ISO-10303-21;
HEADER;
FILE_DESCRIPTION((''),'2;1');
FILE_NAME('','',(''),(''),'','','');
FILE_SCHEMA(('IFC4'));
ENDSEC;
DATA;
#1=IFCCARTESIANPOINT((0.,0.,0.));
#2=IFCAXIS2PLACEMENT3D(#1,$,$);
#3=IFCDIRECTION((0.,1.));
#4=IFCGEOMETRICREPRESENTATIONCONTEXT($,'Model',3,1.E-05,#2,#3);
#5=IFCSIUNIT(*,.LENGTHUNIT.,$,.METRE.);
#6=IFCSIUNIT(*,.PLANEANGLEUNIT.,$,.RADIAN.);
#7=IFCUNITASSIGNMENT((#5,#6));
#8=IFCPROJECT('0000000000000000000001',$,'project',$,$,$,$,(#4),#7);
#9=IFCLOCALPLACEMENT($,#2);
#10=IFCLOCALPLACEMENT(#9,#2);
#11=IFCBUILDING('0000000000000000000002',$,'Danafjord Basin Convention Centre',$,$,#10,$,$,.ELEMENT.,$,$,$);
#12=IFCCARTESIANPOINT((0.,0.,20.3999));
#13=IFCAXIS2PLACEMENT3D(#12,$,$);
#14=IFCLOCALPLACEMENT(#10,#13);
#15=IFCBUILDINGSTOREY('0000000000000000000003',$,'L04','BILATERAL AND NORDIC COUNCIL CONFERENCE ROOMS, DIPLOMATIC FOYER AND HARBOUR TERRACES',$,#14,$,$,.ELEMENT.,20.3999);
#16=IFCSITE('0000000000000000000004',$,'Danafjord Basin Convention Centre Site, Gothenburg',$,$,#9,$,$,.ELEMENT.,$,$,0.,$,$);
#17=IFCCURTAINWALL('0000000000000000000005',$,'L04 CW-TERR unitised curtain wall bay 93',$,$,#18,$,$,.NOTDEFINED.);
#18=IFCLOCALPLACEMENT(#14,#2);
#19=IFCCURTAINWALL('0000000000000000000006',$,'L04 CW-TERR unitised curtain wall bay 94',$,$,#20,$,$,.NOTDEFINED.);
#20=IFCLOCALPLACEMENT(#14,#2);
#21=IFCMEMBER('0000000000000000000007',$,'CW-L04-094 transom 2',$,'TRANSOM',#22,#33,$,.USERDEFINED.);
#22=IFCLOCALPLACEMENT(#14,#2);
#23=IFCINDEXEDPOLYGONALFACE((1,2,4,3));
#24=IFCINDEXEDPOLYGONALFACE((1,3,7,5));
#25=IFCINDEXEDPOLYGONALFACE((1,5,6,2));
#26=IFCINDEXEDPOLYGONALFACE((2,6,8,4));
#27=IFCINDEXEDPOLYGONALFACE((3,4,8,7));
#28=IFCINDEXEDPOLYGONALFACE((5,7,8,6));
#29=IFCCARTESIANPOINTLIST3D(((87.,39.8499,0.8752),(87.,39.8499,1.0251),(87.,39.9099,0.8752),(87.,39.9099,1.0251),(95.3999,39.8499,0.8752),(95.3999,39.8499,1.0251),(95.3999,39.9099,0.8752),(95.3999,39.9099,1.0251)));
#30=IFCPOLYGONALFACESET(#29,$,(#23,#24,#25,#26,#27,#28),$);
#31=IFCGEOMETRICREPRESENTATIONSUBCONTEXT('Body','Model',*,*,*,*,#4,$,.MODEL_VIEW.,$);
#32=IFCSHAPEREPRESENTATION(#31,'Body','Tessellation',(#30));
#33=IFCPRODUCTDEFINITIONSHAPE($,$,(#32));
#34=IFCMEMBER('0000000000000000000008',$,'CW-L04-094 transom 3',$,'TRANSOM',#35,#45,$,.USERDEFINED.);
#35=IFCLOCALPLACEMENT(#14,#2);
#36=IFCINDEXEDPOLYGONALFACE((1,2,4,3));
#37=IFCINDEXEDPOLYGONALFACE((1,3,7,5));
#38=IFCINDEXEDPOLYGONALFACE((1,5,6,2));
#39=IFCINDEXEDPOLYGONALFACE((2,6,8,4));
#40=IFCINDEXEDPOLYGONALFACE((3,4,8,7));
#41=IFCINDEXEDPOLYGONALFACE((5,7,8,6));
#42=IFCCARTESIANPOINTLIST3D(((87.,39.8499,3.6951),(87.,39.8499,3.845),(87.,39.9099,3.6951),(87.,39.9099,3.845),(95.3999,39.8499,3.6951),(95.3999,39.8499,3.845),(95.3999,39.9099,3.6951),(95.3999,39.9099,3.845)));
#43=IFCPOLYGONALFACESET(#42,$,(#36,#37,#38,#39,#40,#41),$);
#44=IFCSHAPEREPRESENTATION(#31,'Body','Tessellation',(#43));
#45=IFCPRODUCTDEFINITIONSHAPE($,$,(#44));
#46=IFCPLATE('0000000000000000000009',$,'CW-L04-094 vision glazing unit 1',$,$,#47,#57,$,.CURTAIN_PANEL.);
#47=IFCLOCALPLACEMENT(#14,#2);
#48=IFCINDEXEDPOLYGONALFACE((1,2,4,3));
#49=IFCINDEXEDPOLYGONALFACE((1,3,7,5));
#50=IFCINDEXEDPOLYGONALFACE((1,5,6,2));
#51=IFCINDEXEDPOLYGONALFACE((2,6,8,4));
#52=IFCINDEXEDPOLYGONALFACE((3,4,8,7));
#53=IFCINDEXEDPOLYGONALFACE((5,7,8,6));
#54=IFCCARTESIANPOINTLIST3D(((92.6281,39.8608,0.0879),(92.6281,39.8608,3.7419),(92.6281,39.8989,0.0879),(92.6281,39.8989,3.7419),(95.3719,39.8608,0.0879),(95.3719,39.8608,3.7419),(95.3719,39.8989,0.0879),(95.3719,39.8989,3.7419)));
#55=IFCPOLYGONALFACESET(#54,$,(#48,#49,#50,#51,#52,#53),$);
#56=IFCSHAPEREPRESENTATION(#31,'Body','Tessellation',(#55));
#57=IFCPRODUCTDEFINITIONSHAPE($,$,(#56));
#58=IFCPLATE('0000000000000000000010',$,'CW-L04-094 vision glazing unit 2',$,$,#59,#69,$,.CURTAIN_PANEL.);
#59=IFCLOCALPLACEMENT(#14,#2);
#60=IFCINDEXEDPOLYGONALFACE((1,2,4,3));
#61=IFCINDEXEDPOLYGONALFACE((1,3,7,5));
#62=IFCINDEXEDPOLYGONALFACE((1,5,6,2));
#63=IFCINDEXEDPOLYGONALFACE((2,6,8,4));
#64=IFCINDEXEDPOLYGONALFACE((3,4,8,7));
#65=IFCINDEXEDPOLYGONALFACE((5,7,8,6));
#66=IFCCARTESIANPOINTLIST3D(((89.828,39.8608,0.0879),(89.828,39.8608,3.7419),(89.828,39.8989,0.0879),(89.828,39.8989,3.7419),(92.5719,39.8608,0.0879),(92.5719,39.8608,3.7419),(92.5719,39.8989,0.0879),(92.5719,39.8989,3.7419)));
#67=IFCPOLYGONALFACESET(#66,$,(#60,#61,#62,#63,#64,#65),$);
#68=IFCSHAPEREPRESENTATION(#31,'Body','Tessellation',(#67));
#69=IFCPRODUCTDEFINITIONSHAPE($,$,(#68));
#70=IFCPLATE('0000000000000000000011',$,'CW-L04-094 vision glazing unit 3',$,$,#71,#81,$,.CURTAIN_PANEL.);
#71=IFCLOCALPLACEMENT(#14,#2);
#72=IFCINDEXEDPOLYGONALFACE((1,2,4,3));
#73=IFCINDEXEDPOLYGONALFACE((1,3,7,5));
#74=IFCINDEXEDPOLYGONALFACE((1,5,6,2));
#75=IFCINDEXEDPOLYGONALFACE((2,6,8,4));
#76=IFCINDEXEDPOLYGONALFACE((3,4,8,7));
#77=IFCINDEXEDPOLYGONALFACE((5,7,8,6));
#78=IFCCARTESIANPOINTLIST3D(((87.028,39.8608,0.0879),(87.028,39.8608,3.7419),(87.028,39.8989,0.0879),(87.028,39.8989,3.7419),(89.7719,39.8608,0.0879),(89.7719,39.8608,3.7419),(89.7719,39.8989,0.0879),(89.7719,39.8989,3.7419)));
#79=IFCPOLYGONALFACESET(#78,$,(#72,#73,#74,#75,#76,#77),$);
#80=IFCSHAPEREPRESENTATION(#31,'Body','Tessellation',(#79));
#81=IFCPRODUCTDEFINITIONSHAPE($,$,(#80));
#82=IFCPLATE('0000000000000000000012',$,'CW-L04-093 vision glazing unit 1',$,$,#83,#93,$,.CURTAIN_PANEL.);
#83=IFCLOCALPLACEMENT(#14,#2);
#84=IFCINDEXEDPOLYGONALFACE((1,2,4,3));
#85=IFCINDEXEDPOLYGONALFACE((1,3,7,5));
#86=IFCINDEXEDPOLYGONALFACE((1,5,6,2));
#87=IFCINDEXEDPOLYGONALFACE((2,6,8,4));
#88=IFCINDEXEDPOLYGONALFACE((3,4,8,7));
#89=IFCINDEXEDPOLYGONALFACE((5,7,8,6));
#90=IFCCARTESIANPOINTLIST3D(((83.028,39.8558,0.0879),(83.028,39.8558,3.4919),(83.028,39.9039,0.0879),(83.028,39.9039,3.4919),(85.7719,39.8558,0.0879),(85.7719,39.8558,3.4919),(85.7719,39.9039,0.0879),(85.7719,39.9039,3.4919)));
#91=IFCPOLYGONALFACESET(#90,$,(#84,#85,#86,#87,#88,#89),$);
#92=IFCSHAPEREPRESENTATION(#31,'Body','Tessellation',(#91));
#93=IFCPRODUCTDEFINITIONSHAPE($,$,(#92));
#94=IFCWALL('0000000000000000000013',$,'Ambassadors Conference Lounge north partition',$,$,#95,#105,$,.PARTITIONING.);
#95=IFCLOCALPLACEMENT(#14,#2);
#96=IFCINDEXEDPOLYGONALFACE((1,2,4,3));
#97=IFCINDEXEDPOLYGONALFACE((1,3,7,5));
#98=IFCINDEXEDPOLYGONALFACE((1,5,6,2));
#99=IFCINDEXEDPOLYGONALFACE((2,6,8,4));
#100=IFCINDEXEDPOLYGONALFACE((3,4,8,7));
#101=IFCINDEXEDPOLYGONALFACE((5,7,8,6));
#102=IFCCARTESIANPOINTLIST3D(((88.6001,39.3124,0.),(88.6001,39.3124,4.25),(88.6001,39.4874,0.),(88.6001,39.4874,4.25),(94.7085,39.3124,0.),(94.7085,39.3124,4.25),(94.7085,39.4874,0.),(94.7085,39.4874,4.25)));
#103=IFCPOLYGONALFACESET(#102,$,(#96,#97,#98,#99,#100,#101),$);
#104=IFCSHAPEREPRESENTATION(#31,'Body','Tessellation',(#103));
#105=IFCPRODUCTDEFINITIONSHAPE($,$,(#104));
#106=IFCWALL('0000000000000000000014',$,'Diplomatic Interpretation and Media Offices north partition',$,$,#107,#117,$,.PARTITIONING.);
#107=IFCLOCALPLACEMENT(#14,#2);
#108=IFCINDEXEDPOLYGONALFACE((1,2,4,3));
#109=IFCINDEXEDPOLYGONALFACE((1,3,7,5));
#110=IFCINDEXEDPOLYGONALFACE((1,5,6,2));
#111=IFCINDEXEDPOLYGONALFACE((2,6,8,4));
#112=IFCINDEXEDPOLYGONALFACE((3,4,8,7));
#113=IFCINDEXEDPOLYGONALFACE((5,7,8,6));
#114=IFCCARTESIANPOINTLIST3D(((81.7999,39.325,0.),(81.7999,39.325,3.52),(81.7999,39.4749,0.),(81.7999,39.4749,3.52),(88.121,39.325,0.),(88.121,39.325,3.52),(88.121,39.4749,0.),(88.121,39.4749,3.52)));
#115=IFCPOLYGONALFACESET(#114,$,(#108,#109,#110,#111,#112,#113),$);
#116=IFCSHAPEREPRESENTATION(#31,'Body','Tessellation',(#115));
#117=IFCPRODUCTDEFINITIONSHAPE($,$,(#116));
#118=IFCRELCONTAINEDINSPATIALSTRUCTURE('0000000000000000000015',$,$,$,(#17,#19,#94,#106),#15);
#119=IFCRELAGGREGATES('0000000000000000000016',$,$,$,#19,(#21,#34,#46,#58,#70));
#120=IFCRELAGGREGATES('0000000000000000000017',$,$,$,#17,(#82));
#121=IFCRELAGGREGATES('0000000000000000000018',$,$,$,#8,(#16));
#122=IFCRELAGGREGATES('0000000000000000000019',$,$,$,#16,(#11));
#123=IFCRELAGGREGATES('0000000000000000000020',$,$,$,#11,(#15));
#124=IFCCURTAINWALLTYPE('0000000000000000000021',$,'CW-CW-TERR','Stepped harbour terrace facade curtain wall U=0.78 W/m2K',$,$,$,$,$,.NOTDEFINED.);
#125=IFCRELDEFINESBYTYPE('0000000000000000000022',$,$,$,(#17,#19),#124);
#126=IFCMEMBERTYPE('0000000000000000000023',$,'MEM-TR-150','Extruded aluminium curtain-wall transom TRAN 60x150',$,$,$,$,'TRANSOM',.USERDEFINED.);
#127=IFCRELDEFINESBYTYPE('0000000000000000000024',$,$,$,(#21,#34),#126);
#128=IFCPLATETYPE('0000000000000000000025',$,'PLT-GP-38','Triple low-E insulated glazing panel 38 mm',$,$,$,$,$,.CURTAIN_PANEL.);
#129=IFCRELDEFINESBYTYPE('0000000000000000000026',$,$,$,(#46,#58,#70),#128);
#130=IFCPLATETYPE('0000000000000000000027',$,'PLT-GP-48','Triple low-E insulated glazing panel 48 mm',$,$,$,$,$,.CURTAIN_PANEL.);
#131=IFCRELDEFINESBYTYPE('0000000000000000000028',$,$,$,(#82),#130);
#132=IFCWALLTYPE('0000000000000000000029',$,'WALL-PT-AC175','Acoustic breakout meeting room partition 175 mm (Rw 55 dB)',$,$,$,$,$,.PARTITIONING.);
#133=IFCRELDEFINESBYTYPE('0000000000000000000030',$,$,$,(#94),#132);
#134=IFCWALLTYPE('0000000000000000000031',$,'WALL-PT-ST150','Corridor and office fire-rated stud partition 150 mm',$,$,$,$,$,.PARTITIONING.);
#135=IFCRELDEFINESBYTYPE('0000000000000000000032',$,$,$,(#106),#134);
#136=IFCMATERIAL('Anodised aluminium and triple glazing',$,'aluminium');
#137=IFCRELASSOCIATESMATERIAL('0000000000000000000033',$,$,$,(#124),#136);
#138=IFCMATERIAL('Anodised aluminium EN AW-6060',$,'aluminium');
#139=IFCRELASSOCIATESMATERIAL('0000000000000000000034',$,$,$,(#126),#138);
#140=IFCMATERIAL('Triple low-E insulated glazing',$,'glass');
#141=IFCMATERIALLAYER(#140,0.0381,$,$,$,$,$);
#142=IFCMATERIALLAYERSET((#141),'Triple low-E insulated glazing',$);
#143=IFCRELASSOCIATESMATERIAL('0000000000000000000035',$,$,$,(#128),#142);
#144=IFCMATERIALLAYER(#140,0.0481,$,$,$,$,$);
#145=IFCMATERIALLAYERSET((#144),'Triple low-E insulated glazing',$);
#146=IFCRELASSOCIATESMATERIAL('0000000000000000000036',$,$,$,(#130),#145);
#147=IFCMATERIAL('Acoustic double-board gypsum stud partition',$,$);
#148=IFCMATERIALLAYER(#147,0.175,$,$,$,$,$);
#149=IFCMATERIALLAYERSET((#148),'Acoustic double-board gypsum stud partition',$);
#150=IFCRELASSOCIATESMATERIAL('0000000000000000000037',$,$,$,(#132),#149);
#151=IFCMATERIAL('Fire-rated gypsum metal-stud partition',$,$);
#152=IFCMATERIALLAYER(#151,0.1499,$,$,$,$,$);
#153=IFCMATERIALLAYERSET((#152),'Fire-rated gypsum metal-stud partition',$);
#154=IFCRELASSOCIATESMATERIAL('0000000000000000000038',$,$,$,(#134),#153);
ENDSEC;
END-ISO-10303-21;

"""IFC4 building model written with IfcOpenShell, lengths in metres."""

from ifc_helpers import new_model, si_unit, direction, frame, frame_2d, origin, origin_2d, place, context, subcontext, project, spatial, rectangle, extrude, material, layer, layer_set, material_profile, profile_set, type_object, element, aggregate, save


model = new_model("IFC4")

# Units and contexts
model_context = context("Model", 3, precision=1e-05, world=origin(), true_north=direction((0.0, 1.0)))
body_context = subcontext(model_context, "Body", "Model", "MODEL_VIEW")
ifc_project = project(units=[si_unit("LENGTHUNIT", "METRE"), si_unit("PLANEANGLEUNIT", "RADIAN")], contexts=[model_context])

# Site, building, storey
site_placement = place(None, origin())
site = spatial("IfcSite", under=ifc_project, at=site_placement, Name="Danafjord Basin Convention Centre Site, Gothenburg", CompositionType="ELEMENT", RefElevation=0.0)
building_placement = place(site_placement, origin())
building = spatial("IfcBuilding", under=site, at=building_placement, Name="Danafjord Basin Convention Centre", CompositionType="ELEMENT")
storey_placement = place(building_placement, frame((0.0, 0.0, 20.3999)))
storey = spatial("IfcBuildingStorey", under=building, at=storey_placement, Name="L04", Description="BILATERAL AND NORDIC COUNCIL CONFERENCE ROOMS, DIPLOMATIC FOYER AND HARBOUR TERRACES", CompositionType="ELEMENT", Elevation=20.3999)

# Curtain wall
ifc_material_1 = material(Name="Anodised aluminium and triple glazing", Category="aluminium")
curtain_wall_type = type_object("IfcCurtainWallType", Name="CW-CW-TERR", Description="Stepped harbour terrace facade curtain wall U=0.78 W/m2K", PredefinedType="NOTDEFINED", material=ifc_material_1)
curtain_wall_1_placement = place(storey_placement, origin())
curtain_wall_1 = element("IfcCurtainWall", 1, at=curtain_wall_1_placement, inside=storey, type_object=curtain_wall_type, Name="L04 CW-TERR unitised curtain wall bay 93", PredefinedType="NOTDEFINED")
ifc_material_2 = material(Name="Anodised aluminium EN AW-6060", Category="aluminium")

# Curtain wall
curtain_wall_2_placement = place(storey_placement, origin())
curtain_wall_2 = element("IfcCurtainWall", 2, at=curtain_wall_2_placement, inside=storey, type_object=curtain_wall_type, Name="L04 CW-TERR unitised curtain wall bay 94", PredefinedType="NOTDEFINED")

# Members
ifc_material_profile_1 = material_profile(ifc_material_2, rectangle(XDim=0.0601, YDim=0.1499, at=origin_2d()), Name="TRAN 60x150")
ifc_profile_set_1 = profile_set([ifc_material_profile_1], Name="Anodised aluminium EN AW-6060")
member_type_1 = type_object("IfcMemberType", Name="MEM-TR-150", Description="Extruded aluminium curtain-wall transom TRAN 60x150", ElementType="TRANSOM", PredefinedType="USERDEFINED", material=ifc_profile_set_1)
member_1_placement = place(storey_placement, frame((95.3999, 39.8799, 0.9502), z_axis=(-1.0, 0.0, 0.0), x_axis=(0.0, -1.0, 0.0)))
member_1 = element("IfcMember", 3, at=member_1_placement, type_object=member_type_1, Name="CW-L04-094 transom 2", ObjectType="TRANSOM", PredefinedType="USERDEFINED", context=body_context, shape_type="SweptSolid", body=[
    extrude(rectangle(XDim=0.0601, YDim=0.1499, at=origin_2d()), origin(), (0.0, 0.0, 1.0), 8.3999),
])
member_2_placement = place(storey_placement, frame((95.3999, 39.8799, 3.77), z_axis=(-1.0, 0.0, 0.0), x_axis=(0.0, -1.0, 0.0)))
member_2 = element("IfcMember", 4, at=member_2_placement, type_object=member_type_1, Name="CW-L04-094 transom 3", ObjectType="TRANSOM", PredefinedType="USERDEFINED", context=body_context, shape_type="SweptSolid", body=[
    extrude(rectangle(XDim=0.0601, YDim=0.1499, at=origin_2d()), origin(), (0.0, 0.0, 1.0), 8.3999),
])

# Plates
ifc_material_3 = material(Name="Triple low-E insulated glazing", Category="glass")
ifc_layer_1 = layer(ifc_material_3, 0.0381)
ifc_layer_set_1 = layer_set([ifc_layer_1], Name="Triple low-E insulated glazing")
plate_type_1 = type_object("IfcPlateType", Name="PLT-GP-38", Description="Triple low-E insulated glazing panel 38 mm", PredefinedType="CURTAIN_PANEL", material=ifc_layer_set_1)
plate_1_placement = place(storey_placement, frame((94.0, 39.8799, 0.0879), z_axis=(0.0, 0.0, 1.0), x_axis=(-1.0, 0.0, 0.0)))
plate_1 = element("IfcPlate", 5, at=plate_1_placement, type_object=plate_type_1, Name="CW-L04-094 vision glazing unit 1", PredefinedType="CURTAIN_PANEL", context=body_context, shape_type="SweptSolid", body=[
    extrude(rectangle(XDim=2.7439, YDim=0.0381, at=origin_2d()), origin(), (0.0, 0.0, 1.0), 3.6541),
])
plate_2_placement = place(storey_placement, frame((91.2, 39.8799, 0.0879), z_axis=(0.0, 0.0, 1.0), x_axis=(-1.0, 0.0, 0.0)))
plate_2 = element("IfcPlate", 6, at=plate_2_placement, type_object=plate_type_1, Name="CW-L04-094 vision glazing unit 2", PredefinedType="CURTAIN_PANEL", context=body_context, shape_type="SweptSolid", body=[
    extrude(rectangle(XDim=2.7439, YDim=0.0381, at=origin_2d()), origin(), (0.0, 0.0, 1.0), 3.6541),
])
plate_3_placement = place(storey_placement, frame((88.3999, 39.8799, 0.0879), z_axis=(0.0, 0.0, 1.0), x_axis=(-1.0, 0.0, 0.0)))
plate_3 = element("IfcPlate", 7, at=plate_3_placement, type_object=plate_type_1, Name="CW-L04-094 vision glazing unit 3", PredefinedType="CURTAIN_PANEL", context=body_context, shape_type="SweptSolid", body=[
    extrude(rectangle(XDim=2.7439, YDim=0.0381, at=origin_2d()), origin(), (0.0, 0.0, 1.0), 3.6541),
])
aggregate(curtain_wall_2, [member_1, member_2, plate_1, plate_2, plate_3])
ifc_layer_2 = layer(ifc_material_3, 0.0481)
ifc_layer_set_2 = layer_set([ifc_layer_2], Name="Triple low-E insulated glazing")
plate_type_2 = type_object("IfcPlateType", Name="PLT-GP-48", Description="Triple low-E insulated glazing panel 48 mm", PredefinedType="CURTAIN_PANEL", material=ifc_layer_set_2)
plate_4_placement = place(storey_placement, frame((84.3999, 39.8799, 0.0879), z_axis=(0.0, 0.0, 1.0), x_axis=(-1.0, 0.0, 0.0)))
plate_4 = element("IfcPlate", 8, at=plate_4_placement, type_object=plate_type_2, Name="CW-L04-093 vision glazing unit 1", PredefinedType="CURTAIN_PANEL", context=body_context, shape_type="SweptSolid", body=[
    extrude(rectangle(XDim=2.7439, YDim=0.0481, at=origin_2d()), origin(), (0.0, 0.0, 1.0), 3.4041),
])
aggregate(curtain_wall_1, [plate_4])

# Walls
ifc_material_4 = material(Name="Acoustic double-board gypsum stud partition")
ifc_layer_3 = layer(ifc_material_4, 0.175)
ifc_layer_set_3 = layer_set([ifc_layer_3], Name="Acoustic double-board gypsum stud partition")
wall_type_1 = type_object("IfcWallType", Name="WALL-PT-AC175", Description="Acoustic breakout meeting room partition 175 mm (Rw 55 dB)", PredefinedType="PARTITIONING", material=ifc_layer_set_3)
wall_1_placement = place(storey_placement, frame((94.7085, 39.3999, 0.0), z_axis=(0.0, 0.0, 1.0), x_axis=(-1.0, 0.0, 0.0)))
element("IfcWall", 9, at=wall_1_placement, inside=storey, type_object=wall_type_1, Name="Ambassadors Conference Lounge north partition", PredefinedType="PARTITIONING", context=body_context, shape_type="SweptSolid", body=[
    extrude(rectangle(XDim=6.1084, YDim=0.175, at=frame_2d((3.0542, 0.0))), origin(), (0.0, 0.0, 1.0), 4.25),
])
ifc_material_5 = material(Name="Fire-rated gypsum metal-stud partition")
ifc_layer_4 = layer(ifc_material_5, 0.1499)
ifc_layer_set_4 = layer_set([ifc_layer_4], Name="Fire-rated gypsum metal-stud partition")
wall_type_2 = type_object("IfcWallType", Name="WALL-PT-ST150", Description="Corridor and office fire-rated stud partition 150 mm", PredefinedType="PARTITIONING", material=ifc_layer_set_4)
wall_2_placement = place(storey_placement, frame((88.1211, 39.3999, 0.0), z_axis=(0.0, 0.0, 1.0), x_axis=(-1.0, 0.0, 0.0)))
element("IfcWall", 10, at=wall_2_placement, inside=storey, type_object=wall_type_2, Name="Diplomatic Interpretation and Media Offices north partition", PredefinedType="PARTITIONING", context=body_context, shape_type="SweptSolid", body=[
    extrude(rectangle(XDim=6.321, YDim=0.1499, at=frame_2d((3.1606, 0.0))), origin(), (0.0, 0.0, 1.0), 3.52),
])

save(model, "model.ifc")
